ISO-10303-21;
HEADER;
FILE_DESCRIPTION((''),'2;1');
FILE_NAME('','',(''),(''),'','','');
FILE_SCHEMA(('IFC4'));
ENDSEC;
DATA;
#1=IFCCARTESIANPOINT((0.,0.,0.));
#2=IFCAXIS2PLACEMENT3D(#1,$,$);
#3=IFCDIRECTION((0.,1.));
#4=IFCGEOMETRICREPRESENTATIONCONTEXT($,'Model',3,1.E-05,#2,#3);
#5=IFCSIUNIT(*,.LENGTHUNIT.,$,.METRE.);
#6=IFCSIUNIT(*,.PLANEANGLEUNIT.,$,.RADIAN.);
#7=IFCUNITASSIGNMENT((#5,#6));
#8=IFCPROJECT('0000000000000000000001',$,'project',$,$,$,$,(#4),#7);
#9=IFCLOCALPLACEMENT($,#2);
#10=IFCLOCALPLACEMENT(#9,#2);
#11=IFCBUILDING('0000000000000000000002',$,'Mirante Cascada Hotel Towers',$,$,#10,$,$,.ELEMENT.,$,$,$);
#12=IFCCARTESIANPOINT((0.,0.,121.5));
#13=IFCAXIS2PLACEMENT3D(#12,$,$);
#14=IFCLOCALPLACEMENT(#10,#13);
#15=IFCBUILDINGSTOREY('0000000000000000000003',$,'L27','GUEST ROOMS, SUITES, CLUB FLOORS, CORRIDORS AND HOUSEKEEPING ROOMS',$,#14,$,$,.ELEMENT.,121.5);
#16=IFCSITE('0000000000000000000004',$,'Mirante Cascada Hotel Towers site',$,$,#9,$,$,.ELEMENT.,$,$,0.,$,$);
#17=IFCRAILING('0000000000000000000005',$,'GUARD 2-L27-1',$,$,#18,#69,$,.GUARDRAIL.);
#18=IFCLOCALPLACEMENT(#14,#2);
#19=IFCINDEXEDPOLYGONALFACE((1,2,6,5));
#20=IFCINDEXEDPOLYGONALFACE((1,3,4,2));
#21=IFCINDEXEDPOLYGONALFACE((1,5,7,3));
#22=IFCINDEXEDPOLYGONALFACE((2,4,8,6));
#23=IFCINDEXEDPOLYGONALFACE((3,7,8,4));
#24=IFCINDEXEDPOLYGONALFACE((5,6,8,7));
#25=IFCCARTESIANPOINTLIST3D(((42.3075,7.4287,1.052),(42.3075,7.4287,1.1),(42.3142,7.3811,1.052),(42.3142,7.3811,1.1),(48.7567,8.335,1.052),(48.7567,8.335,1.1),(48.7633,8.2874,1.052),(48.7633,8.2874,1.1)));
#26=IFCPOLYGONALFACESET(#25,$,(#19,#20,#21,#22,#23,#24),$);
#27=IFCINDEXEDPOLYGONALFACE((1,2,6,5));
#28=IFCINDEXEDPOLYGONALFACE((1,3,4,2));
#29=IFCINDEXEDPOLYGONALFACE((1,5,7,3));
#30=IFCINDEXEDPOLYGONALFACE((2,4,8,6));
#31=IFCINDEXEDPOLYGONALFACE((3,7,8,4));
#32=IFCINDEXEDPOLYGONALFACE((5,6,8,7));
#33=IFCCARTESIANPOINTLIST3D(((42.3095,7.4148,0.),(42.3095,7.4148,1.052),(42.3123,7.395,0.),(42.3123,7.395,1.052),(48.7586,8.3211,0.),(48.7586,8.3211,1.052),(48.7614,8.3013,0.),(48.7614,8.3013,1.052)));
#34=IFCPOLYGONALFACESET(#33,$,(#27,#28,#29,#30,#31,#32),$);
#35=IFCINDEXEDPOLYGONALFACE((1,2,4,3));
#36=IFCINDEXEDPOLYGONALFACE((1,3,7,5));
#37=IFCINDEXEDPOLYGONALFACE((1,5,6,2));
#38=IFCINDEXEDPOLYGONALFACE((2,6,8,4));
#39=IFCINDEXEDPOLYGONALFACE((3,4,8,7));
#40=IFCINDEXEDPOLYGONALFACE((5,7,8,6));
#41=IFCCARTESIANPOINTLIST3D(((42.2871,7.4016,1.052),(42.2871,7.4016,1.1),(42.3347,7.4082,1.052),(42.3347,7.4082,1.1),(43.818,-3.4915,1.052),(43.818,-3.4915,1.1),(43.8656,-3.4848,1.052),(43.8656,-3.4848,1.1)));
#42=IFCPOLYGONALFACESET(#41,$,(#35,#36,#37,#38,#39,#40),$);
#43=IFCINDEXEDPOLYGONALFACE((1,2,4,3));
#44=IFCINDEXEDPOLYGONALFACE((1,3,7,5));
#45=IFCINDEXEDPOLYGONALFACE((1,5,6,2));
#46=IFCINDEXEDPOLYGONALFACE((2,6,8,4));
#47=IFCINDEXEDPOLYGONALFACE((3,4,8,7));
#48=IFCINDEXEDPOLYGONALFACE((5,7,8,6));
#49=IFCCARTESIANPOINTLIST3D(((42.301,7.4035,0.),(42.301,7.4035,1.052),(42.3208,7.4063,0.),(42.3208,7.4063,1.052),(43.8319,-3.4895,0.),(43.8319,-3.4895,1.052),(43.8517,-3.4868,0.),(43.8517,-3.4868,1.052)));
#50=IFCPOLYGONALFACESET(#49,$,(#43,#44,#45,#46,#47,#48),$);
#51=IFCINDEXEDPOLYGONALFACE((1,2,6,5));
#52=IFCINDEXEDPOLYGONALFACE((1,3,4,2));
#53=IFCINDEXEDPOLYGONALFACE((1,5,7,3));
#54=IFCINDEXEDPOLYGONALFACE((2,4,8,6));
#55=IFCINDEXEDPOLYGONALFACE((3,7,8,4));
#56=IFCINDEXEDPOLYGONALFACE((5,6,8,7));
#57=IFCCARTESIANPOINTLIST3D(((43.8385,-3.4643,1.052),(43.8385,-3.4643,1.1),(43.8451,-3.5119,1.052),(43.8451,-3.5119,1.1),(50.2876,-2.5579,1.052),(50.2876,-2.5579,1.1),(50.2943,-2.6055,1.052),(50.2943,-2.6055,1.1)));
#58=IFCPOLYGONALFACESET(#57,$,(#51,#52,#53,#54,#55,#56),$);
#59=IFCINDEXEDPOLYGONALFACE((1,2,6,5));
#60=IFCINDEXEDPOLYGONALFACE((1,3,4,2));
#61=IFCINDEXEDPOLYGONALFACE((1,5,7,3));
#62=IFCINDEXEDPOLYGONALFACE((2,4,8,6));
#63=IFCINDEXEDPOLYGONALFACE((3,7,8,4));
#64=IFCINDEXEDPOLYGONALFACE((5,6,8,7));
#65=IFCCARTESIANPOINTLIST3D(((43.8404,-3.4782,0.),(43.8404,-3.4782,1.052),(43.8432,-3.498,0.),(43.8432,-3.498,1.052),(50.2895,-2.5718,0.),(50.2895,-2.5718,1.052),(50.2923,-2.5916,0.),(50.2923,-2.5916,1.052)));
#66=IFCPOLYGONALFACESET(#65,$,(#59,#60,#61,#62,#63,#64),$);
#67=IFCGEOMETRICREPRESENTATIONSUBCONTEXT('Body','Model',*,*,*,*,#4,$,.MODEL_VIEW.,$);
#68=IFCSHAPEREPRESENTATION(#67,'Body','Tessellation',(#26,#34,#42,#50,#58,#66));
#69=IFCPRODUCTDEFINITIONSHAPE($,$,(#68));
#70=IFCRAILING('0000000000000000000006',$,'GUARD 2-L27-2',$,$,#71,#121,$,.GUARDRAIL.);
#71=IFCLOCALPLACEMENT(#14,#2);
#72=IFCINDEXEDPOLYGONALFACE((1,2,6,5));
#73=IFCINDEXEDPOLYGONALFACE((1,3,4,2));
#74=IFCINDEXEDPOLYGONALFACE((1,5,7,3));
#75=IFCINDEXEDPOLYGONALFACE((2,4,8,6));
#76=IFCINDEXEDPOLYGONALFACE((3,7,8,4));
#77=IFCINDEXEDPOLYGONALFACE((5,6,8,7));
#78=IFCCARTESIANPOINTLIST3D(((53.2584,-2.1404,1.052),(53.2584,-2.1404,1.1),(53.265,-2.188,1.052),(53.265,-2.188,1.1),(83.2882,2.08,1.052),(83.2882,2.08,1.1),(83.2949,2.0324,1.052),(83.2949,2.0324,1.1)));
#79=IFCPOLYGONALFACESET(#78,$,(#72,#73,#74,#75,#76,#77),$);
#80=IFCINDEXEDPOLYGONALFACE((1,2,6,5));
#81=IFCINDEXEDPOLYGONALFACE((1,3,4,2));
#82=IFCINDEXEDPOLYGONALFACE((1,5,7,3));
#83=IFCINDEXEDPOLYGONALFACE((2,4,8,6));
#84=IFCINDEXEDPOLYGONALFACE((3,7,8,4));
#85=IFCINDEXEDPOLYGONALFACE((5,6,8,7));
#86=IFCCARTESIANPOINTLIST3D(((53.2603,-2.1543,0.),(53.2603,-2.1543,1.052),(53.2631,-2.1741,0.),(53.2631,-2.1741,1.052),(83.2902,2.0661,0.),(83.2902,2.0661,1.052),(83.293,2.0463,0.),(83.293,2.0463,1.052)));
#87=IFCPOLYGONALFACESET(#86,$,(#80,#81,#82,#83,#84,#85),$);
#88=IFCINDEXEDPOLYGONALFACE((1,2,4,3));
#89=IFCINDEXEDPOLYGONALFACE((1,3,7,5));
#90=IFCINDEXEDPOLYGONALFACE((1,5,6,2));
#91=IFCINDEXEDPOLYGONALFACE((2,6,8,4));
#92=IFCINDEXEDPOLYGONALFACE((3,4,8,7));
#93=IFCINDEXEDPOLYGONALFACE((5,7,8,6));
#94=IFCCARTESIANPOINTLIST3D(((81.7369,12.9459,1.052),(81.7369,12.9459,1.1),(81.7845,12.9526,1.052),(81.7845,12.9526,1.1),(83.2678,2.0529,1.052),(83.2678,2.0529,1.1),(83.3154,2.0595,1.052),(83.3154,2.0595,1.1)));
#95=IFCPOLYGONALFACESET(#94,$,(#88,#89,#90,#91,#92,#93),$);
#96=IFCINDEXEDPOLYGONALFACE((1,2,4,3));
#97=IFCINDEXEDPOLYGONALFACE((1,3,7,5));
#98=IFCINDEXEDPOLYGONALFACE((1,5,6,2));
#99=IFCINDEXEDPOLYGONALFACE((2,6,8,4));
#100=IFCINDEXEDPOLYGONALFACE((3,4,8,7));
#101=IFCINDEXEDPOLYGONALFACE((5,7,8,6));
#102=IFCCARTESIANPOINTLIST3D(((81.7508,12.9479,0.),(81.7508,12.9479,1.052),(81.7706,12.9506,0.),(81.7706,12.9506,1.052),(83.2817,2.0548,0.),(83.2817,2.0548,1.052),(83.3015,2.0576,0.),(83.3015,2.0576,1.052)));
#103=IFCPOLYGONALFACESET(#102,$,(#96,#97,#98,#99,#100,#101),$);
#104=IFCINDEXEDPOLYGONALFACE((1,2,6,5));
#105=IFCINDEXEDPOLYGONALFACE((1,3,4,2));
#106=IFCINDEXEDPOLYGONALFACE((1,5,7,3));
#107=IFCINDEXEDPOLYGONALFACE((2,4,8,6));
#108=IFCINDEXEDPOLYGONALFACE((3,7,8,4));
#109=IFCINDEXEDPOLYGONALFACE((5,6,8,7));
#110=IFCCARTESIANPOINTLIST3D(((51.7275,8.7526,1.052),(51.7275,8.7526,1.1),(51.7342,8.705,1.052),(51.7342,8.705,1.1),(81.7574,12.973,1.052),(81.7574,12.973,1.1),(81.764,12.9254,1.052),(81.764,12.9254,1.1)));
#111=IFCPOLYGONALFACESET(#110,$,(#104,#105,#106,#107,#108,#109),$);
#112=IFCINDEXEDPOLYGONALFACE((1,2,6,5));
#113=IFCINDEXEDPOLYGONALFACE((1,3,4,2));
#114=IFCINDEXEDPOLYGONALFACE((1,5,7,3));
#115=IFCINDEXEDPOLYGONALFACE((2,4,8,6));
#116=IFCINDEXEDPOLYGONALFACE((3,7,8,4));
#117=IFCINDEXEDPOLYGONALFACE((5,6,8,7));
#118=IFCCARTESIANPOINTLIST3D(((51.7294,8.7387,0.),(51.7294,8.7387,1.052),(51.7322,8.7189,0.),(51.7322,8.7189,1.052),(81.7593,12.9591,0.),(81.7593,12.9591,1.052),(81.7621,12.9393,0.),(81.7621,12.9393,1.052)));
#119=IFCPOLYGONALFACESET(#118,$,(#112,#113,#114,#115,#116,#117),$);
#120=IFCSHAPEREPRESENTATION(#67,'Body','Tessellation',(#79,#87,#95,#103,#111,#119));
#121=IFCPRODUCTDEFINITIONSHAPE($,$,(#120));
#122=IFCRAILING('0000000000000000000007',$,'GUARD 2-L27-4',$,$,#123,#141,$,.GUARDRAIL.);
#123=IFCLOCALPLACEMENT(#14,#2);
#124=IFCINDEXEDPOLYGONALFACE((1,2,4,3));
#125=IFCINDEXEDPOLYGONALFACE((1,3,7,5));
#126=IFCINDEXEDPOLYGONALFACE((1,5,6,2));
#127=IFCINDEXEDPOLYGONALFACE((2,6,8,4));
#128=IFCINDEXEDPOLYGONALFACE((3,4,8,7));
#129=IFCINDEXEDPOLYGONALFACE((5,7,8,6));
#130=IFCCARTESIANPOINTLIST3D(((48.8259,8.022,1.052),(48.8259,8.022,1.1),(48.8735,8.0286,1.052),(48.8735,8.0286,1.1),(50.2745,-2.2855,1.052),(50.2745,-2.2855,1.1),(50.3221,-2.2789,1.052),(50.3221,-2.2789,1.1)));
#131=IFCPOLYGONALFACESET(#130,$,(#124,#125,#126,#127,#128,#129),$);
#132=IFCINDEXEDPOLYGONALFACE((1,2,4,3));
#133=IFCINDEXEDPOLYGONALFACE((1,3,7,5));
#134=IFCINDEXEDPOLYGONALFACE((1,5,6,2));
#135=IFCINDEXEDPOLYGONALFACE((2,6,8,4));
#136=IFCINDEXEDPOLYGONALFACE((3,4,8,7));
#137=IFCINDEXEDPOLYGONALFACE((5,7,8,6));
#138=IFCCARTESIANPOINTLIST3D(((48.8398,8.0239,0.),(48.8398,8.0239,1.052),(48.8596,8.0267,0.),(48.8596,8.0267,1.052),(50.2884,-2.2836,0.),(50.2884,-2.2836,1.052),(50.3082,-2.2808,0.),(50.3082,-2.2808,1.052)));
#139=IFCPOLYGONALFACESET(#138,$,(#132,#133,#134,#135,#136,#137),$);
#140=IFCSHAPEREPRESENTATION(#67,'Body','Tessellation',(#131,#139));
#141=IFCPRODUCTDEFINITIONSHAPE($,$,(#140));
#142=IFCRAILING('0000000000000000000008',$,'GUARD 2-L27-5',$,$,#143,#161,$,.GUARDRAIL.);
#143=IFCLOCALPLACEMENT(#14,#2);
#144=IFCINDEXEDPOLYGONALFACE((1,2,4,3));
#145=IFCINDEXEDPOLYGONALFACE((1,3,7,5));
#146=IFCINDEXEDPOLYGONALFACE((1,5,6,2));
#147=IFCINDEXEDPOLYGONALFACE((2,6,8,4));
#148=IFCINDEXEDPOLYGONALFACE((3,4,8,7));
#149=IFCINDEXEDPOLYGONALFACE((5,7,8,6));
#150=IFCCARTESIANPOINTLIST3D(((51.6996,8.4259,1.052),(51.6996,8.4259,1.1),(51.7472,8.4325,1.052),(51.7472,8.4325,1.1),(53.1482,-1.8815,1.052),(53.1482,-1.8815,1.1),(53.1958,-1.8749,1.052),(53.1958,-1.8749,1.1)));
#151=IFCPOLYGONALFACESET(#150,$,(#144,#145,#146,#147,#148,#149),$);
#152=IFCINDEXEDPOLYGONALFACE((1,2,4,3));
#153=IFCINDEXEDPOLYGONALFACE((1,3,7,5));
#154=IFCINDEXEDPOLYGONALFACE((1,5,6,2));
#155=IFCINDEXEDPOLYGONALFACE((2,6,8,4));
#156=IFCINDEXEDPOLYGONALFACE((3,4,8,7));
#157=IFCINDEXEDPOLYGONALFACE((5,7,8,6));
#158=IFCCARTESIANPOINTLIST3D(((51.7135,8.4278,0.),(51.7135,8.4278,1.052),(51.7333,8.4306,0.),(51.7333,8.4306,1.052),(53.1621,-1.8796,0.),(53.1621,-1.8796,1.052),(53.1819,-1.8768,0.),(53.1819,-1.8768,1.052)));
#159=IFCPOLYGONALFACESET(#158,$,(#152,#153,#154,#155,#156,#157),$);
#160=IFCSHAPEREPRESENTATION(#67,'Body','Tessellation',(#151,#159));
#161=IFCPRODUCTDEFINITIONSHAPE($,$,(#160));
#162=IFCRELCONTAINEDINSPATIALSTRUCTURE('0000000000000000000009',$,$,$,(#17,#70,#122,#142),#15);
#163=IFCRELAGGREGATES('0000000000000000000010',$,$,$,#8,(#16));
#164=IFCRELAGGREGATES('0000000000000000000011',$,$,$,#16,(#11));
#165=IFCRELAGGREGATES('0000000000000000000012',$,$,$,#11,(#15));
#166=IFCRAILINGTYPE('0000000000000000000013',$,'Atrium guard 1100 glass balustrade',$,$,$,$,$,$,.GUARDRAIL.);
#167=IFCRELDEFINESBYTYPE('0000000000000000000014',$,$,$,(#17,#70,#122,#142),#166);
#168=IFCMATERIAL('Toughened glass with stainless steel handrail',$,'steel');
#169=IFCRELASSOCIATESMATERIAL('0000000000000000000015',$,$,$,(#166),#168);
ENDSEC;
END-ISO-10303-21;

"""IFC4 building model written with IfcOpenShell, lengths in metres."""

from ifc_helpers import new_model, si_unit, direction, frame, origin, origin_2d, place, context, subcontext, project, spatial, rectangle, extrude, material, type_object, element, save


model = new_model("IFC4")

# Units and contexts
model_context = context("Model", 3, precision=1e-05, world=origin(), true_north=direction((0.0, 1.0)))
body_context = subcontext(model_context, "Body", "Model", "MODEL_VIEW")
ifc_project = project(units=[si_unit("LENGTHUNIT", "METRE"), si_unit("PLANEANGLEUNIT", "RADIAN")], contexts=[model_context])

# Site, building, storey
site_placement = place(None, origin())
site = spatial("IfcSite", under=ifc_project, at=site_placement, Name="Mirante Cascada Hotel Towers site", CompositionType="ELEMENT", RefElevation=0.0)
building_placement = place(site_placement, origin())
building = spatial("IfcBuilding", under=site, at=building_placement, Name="Mirante Cascada Hotel Towers", CompositionType="ELEMENT")
storey_placement = place(building_placement, frame((0.0, 0.0, 121.5)))
storey = spatial("IfcBuildingStorey", under=building, at=storey_placement, Name="L27", Description="GUEST ROOMS, SUITES, CLUB FLOORS, CORRIDORS AND HOUSEKEEPING ROOMS", CompositionType="ELEMENT", Elevation=121.5)

# Railings
ifc_material_1 = material(Name="Toughened glass with stainless steel handrail", Category="steel")
railing_type = type_object("IfcRailingType", Name="Atrium guard 1100 glass balustrade", PredefinedType="GUARDRAIL", material=ifc_material_1)
railing_1_placement = place(storey_placement, frame((48.76, 8.3112, 0.0)))
element("IfcRailing", 1, at=railing_1_placement, inside=storey, type_object=railing_type, Name="GUARD 2-L27-1", PredefinedType="GUARDRAIL", context=body_context, shape_type="SweptSolid", body=[
    extrude(rectangle(XDim=0.048, YDim=0.048, at=origin_2d()), frame((0.0, 0.0, 1.076), z_axis=(-0.990269, -0.139164, 0.0), x_axis=(0.139164, -0.990269, 0.0)), (0.0, 0.0, 1.0), 6.5125),
    extrude(rectangle(XDim=0.02, YDim=1.052, at=origin_2d()), frame((0.0, 0.0, 0.526), z_axis=(-0.990269, -0.139164, 0.0), x_axis=(0.139164, -0.990269, 0.0)), (0.0, 0.0, 1.0), 6.5125),
    extrude(rectangle(XDim=0.048, YDim=0.048, at=origin_2d()), frame((-6.4491, -0.9063, 1.076), z_axis=(0.139172, -0.990268, 0.0), x_axis=(0.990268, 0.139172, 0.0)), (0.0, 0.0, 1.0), 11.0001),
    extrude(rectangle(XDim=0.02, YDim=1.052, at=origin_2d()), frame((-6.4491, -0.9063, 0.526), z_axis=(0.139172, -0.990268, 0.0), x_axis=(0.990268, 0.139172, 0.0)), (0.0, 0.0, 1.0), 11.0001),
    extrude(rectangle(XDim=0.048, YDim=0.048, at=origin_2d()), frame((-4.9182, -11.7993, 1.076), z_axis=(0.990267, 0.139179, 0.0), x_axis=(-0.139179, 0.990267, 0.0)), (0.0, 0.0, 1.0), 6.5125),
    extrude(rectangle(XDim=0.02, YDim=1.052, at=origin_2d()), frame((-4.9182, -11.7993, 0.526), z_axis=(0.990267, 0.139179, 0.0), x_axis=(-0.139179, 0.990267, 0.0)), (0.0, 0.0, 1.0), 6.5125),
])
railing_2_placement = place(storey_placement, frame((53.2617, -2.1642, 0.0)))
element("IfcRailing", 2, at=railing_2_placement, inside=storey, type_object=railing_type, Name="GUARD 2-L27-2", PredefinedType="GUARDRAIL", context=body_context, shape_type="SweptSolid", body=[
    extrude(rectangle(XDim=0.048, YDim=0.048, at=origin_2d()), frame((0.0, 0.0, 1.076), z_axis=(0.990268, 0.139172, 0.0), x_axis=(-0.139172, 0.990268, 0.0)), (0.0, 0.0, 1.0), 30.325),
    extrude(rectangle(XDim=0.02, YDim=1.052, at=origin_2d()), frame((0.0, 0.0, 0.526), z_axis=(0.990268, 0.139172, 0.0), x_axis=(-0.139172, 0.990268, 0.0)), (0.0, 0.0, 1.0), 30.325),
    extrude(rectangle(XDim=0.048, YDim=0.048, at=origin_2d()), frame((30.0299, 4.2204, 1.076), z_axis=(-0.139172, 0.990268, 0.0), x_axis=(-0.990268, -0.139172, 0.0)), (0.0, 0.0, 1.0), 11.0001),
    extrude(rectangle(XDim=0.02, YDim=1.052, at=origin_2d()), frame((30.0299, 4.2204, 0.526), z_axis=(-0.139172, 0.990268, 0.0), x_axis=(-0.990268, -0.139172, 0.0)), (0.0, 0.0, 1.0), 11.0001),
    extrude(rectangle(XDim=0.048, YDim=0.048, at=origin_2d()), frame((28.499, 15.1134, 1.076), z_axis=(-0.990268, -0.139172, 0.0), x_axis=(0.139172, -0.990268, 0.0)), (0.0, 0.0, 1.0), 30.325),
    extrude(rectangle(XDim=0.02, YDim=1.052, at=origin_2d()), frame((28.499, 15.1134, 0.526), z_axis=(-0.990268, -0.139172, 0.0), x_axis=(0.139172, -0.990268, 0.0)), (0.0, 0.0, 1.0), 30.325),
])
railing_3_placement = place(storey_placement, frame((50.2983, -2.2822, 0.0)))
element("IfcRailing", 3, at=railing_3_placement, inside=storey, type_object=railing_type, Name="GUARD 2-L27-4", PredefinedType="GUARDRAIL", context=body_context, shape_type="SweptSolid", body=[
    extrude(rectangle(XDim=0.048, YDim=0.048, at=origin_2d()), frame((0.0, 0.0, 1.076), z_axis=(-0.139171, 0.990268, 0.0), x_axis=(-0.990268, -0.139171, 0.0)), (0.0, 0.0, 1.0), 10.4088),
    extrude(rectangle(XDim=0.02, YDim=1.052, at=origin_2d()), frame((0.0, 0.0, 0.526), z_axis=(-0.139171, 0.990268, 0.0), x_axis=(-0.990268, -0.139171, 0.0)), (0.0, 0.0, 1.0), 10.4088),
])
railing_4_placement = place(storey_placement, frame((51.7234, 8.4292, 0.0)))
element("IfcRailing", 4, at=railing_4_placement, inside=storey, type_object=railing_type, Name="GUARD 2-L27-5", PredefinedType="GUARDRAIL", context=body_context, shape_type="SweptSolid", body=[
    extrude(rectangle(XDim=0.048, YDim=0.048, at=origin_2d()), frame((0.0, 0.0, 1.076), z_axis=(0.139172, -0.990268, 0.0), x_axis=(0.990268, 0.139172, 0.0)), (0.0, 0.0, 1.0), 10.4087),
    extrude(rectangle(XDim=0.02, YDim=1.052, at=origin_2d()), frame((0.0, 0.0, 0.526), z_axis=(0.139172, -0.990268, 0.0), x_axis=(0.990268, 0.139172, 0.0)), (0.0, 0.0, 1.0), 10.4087),
])

save(model, "model.ifc")
